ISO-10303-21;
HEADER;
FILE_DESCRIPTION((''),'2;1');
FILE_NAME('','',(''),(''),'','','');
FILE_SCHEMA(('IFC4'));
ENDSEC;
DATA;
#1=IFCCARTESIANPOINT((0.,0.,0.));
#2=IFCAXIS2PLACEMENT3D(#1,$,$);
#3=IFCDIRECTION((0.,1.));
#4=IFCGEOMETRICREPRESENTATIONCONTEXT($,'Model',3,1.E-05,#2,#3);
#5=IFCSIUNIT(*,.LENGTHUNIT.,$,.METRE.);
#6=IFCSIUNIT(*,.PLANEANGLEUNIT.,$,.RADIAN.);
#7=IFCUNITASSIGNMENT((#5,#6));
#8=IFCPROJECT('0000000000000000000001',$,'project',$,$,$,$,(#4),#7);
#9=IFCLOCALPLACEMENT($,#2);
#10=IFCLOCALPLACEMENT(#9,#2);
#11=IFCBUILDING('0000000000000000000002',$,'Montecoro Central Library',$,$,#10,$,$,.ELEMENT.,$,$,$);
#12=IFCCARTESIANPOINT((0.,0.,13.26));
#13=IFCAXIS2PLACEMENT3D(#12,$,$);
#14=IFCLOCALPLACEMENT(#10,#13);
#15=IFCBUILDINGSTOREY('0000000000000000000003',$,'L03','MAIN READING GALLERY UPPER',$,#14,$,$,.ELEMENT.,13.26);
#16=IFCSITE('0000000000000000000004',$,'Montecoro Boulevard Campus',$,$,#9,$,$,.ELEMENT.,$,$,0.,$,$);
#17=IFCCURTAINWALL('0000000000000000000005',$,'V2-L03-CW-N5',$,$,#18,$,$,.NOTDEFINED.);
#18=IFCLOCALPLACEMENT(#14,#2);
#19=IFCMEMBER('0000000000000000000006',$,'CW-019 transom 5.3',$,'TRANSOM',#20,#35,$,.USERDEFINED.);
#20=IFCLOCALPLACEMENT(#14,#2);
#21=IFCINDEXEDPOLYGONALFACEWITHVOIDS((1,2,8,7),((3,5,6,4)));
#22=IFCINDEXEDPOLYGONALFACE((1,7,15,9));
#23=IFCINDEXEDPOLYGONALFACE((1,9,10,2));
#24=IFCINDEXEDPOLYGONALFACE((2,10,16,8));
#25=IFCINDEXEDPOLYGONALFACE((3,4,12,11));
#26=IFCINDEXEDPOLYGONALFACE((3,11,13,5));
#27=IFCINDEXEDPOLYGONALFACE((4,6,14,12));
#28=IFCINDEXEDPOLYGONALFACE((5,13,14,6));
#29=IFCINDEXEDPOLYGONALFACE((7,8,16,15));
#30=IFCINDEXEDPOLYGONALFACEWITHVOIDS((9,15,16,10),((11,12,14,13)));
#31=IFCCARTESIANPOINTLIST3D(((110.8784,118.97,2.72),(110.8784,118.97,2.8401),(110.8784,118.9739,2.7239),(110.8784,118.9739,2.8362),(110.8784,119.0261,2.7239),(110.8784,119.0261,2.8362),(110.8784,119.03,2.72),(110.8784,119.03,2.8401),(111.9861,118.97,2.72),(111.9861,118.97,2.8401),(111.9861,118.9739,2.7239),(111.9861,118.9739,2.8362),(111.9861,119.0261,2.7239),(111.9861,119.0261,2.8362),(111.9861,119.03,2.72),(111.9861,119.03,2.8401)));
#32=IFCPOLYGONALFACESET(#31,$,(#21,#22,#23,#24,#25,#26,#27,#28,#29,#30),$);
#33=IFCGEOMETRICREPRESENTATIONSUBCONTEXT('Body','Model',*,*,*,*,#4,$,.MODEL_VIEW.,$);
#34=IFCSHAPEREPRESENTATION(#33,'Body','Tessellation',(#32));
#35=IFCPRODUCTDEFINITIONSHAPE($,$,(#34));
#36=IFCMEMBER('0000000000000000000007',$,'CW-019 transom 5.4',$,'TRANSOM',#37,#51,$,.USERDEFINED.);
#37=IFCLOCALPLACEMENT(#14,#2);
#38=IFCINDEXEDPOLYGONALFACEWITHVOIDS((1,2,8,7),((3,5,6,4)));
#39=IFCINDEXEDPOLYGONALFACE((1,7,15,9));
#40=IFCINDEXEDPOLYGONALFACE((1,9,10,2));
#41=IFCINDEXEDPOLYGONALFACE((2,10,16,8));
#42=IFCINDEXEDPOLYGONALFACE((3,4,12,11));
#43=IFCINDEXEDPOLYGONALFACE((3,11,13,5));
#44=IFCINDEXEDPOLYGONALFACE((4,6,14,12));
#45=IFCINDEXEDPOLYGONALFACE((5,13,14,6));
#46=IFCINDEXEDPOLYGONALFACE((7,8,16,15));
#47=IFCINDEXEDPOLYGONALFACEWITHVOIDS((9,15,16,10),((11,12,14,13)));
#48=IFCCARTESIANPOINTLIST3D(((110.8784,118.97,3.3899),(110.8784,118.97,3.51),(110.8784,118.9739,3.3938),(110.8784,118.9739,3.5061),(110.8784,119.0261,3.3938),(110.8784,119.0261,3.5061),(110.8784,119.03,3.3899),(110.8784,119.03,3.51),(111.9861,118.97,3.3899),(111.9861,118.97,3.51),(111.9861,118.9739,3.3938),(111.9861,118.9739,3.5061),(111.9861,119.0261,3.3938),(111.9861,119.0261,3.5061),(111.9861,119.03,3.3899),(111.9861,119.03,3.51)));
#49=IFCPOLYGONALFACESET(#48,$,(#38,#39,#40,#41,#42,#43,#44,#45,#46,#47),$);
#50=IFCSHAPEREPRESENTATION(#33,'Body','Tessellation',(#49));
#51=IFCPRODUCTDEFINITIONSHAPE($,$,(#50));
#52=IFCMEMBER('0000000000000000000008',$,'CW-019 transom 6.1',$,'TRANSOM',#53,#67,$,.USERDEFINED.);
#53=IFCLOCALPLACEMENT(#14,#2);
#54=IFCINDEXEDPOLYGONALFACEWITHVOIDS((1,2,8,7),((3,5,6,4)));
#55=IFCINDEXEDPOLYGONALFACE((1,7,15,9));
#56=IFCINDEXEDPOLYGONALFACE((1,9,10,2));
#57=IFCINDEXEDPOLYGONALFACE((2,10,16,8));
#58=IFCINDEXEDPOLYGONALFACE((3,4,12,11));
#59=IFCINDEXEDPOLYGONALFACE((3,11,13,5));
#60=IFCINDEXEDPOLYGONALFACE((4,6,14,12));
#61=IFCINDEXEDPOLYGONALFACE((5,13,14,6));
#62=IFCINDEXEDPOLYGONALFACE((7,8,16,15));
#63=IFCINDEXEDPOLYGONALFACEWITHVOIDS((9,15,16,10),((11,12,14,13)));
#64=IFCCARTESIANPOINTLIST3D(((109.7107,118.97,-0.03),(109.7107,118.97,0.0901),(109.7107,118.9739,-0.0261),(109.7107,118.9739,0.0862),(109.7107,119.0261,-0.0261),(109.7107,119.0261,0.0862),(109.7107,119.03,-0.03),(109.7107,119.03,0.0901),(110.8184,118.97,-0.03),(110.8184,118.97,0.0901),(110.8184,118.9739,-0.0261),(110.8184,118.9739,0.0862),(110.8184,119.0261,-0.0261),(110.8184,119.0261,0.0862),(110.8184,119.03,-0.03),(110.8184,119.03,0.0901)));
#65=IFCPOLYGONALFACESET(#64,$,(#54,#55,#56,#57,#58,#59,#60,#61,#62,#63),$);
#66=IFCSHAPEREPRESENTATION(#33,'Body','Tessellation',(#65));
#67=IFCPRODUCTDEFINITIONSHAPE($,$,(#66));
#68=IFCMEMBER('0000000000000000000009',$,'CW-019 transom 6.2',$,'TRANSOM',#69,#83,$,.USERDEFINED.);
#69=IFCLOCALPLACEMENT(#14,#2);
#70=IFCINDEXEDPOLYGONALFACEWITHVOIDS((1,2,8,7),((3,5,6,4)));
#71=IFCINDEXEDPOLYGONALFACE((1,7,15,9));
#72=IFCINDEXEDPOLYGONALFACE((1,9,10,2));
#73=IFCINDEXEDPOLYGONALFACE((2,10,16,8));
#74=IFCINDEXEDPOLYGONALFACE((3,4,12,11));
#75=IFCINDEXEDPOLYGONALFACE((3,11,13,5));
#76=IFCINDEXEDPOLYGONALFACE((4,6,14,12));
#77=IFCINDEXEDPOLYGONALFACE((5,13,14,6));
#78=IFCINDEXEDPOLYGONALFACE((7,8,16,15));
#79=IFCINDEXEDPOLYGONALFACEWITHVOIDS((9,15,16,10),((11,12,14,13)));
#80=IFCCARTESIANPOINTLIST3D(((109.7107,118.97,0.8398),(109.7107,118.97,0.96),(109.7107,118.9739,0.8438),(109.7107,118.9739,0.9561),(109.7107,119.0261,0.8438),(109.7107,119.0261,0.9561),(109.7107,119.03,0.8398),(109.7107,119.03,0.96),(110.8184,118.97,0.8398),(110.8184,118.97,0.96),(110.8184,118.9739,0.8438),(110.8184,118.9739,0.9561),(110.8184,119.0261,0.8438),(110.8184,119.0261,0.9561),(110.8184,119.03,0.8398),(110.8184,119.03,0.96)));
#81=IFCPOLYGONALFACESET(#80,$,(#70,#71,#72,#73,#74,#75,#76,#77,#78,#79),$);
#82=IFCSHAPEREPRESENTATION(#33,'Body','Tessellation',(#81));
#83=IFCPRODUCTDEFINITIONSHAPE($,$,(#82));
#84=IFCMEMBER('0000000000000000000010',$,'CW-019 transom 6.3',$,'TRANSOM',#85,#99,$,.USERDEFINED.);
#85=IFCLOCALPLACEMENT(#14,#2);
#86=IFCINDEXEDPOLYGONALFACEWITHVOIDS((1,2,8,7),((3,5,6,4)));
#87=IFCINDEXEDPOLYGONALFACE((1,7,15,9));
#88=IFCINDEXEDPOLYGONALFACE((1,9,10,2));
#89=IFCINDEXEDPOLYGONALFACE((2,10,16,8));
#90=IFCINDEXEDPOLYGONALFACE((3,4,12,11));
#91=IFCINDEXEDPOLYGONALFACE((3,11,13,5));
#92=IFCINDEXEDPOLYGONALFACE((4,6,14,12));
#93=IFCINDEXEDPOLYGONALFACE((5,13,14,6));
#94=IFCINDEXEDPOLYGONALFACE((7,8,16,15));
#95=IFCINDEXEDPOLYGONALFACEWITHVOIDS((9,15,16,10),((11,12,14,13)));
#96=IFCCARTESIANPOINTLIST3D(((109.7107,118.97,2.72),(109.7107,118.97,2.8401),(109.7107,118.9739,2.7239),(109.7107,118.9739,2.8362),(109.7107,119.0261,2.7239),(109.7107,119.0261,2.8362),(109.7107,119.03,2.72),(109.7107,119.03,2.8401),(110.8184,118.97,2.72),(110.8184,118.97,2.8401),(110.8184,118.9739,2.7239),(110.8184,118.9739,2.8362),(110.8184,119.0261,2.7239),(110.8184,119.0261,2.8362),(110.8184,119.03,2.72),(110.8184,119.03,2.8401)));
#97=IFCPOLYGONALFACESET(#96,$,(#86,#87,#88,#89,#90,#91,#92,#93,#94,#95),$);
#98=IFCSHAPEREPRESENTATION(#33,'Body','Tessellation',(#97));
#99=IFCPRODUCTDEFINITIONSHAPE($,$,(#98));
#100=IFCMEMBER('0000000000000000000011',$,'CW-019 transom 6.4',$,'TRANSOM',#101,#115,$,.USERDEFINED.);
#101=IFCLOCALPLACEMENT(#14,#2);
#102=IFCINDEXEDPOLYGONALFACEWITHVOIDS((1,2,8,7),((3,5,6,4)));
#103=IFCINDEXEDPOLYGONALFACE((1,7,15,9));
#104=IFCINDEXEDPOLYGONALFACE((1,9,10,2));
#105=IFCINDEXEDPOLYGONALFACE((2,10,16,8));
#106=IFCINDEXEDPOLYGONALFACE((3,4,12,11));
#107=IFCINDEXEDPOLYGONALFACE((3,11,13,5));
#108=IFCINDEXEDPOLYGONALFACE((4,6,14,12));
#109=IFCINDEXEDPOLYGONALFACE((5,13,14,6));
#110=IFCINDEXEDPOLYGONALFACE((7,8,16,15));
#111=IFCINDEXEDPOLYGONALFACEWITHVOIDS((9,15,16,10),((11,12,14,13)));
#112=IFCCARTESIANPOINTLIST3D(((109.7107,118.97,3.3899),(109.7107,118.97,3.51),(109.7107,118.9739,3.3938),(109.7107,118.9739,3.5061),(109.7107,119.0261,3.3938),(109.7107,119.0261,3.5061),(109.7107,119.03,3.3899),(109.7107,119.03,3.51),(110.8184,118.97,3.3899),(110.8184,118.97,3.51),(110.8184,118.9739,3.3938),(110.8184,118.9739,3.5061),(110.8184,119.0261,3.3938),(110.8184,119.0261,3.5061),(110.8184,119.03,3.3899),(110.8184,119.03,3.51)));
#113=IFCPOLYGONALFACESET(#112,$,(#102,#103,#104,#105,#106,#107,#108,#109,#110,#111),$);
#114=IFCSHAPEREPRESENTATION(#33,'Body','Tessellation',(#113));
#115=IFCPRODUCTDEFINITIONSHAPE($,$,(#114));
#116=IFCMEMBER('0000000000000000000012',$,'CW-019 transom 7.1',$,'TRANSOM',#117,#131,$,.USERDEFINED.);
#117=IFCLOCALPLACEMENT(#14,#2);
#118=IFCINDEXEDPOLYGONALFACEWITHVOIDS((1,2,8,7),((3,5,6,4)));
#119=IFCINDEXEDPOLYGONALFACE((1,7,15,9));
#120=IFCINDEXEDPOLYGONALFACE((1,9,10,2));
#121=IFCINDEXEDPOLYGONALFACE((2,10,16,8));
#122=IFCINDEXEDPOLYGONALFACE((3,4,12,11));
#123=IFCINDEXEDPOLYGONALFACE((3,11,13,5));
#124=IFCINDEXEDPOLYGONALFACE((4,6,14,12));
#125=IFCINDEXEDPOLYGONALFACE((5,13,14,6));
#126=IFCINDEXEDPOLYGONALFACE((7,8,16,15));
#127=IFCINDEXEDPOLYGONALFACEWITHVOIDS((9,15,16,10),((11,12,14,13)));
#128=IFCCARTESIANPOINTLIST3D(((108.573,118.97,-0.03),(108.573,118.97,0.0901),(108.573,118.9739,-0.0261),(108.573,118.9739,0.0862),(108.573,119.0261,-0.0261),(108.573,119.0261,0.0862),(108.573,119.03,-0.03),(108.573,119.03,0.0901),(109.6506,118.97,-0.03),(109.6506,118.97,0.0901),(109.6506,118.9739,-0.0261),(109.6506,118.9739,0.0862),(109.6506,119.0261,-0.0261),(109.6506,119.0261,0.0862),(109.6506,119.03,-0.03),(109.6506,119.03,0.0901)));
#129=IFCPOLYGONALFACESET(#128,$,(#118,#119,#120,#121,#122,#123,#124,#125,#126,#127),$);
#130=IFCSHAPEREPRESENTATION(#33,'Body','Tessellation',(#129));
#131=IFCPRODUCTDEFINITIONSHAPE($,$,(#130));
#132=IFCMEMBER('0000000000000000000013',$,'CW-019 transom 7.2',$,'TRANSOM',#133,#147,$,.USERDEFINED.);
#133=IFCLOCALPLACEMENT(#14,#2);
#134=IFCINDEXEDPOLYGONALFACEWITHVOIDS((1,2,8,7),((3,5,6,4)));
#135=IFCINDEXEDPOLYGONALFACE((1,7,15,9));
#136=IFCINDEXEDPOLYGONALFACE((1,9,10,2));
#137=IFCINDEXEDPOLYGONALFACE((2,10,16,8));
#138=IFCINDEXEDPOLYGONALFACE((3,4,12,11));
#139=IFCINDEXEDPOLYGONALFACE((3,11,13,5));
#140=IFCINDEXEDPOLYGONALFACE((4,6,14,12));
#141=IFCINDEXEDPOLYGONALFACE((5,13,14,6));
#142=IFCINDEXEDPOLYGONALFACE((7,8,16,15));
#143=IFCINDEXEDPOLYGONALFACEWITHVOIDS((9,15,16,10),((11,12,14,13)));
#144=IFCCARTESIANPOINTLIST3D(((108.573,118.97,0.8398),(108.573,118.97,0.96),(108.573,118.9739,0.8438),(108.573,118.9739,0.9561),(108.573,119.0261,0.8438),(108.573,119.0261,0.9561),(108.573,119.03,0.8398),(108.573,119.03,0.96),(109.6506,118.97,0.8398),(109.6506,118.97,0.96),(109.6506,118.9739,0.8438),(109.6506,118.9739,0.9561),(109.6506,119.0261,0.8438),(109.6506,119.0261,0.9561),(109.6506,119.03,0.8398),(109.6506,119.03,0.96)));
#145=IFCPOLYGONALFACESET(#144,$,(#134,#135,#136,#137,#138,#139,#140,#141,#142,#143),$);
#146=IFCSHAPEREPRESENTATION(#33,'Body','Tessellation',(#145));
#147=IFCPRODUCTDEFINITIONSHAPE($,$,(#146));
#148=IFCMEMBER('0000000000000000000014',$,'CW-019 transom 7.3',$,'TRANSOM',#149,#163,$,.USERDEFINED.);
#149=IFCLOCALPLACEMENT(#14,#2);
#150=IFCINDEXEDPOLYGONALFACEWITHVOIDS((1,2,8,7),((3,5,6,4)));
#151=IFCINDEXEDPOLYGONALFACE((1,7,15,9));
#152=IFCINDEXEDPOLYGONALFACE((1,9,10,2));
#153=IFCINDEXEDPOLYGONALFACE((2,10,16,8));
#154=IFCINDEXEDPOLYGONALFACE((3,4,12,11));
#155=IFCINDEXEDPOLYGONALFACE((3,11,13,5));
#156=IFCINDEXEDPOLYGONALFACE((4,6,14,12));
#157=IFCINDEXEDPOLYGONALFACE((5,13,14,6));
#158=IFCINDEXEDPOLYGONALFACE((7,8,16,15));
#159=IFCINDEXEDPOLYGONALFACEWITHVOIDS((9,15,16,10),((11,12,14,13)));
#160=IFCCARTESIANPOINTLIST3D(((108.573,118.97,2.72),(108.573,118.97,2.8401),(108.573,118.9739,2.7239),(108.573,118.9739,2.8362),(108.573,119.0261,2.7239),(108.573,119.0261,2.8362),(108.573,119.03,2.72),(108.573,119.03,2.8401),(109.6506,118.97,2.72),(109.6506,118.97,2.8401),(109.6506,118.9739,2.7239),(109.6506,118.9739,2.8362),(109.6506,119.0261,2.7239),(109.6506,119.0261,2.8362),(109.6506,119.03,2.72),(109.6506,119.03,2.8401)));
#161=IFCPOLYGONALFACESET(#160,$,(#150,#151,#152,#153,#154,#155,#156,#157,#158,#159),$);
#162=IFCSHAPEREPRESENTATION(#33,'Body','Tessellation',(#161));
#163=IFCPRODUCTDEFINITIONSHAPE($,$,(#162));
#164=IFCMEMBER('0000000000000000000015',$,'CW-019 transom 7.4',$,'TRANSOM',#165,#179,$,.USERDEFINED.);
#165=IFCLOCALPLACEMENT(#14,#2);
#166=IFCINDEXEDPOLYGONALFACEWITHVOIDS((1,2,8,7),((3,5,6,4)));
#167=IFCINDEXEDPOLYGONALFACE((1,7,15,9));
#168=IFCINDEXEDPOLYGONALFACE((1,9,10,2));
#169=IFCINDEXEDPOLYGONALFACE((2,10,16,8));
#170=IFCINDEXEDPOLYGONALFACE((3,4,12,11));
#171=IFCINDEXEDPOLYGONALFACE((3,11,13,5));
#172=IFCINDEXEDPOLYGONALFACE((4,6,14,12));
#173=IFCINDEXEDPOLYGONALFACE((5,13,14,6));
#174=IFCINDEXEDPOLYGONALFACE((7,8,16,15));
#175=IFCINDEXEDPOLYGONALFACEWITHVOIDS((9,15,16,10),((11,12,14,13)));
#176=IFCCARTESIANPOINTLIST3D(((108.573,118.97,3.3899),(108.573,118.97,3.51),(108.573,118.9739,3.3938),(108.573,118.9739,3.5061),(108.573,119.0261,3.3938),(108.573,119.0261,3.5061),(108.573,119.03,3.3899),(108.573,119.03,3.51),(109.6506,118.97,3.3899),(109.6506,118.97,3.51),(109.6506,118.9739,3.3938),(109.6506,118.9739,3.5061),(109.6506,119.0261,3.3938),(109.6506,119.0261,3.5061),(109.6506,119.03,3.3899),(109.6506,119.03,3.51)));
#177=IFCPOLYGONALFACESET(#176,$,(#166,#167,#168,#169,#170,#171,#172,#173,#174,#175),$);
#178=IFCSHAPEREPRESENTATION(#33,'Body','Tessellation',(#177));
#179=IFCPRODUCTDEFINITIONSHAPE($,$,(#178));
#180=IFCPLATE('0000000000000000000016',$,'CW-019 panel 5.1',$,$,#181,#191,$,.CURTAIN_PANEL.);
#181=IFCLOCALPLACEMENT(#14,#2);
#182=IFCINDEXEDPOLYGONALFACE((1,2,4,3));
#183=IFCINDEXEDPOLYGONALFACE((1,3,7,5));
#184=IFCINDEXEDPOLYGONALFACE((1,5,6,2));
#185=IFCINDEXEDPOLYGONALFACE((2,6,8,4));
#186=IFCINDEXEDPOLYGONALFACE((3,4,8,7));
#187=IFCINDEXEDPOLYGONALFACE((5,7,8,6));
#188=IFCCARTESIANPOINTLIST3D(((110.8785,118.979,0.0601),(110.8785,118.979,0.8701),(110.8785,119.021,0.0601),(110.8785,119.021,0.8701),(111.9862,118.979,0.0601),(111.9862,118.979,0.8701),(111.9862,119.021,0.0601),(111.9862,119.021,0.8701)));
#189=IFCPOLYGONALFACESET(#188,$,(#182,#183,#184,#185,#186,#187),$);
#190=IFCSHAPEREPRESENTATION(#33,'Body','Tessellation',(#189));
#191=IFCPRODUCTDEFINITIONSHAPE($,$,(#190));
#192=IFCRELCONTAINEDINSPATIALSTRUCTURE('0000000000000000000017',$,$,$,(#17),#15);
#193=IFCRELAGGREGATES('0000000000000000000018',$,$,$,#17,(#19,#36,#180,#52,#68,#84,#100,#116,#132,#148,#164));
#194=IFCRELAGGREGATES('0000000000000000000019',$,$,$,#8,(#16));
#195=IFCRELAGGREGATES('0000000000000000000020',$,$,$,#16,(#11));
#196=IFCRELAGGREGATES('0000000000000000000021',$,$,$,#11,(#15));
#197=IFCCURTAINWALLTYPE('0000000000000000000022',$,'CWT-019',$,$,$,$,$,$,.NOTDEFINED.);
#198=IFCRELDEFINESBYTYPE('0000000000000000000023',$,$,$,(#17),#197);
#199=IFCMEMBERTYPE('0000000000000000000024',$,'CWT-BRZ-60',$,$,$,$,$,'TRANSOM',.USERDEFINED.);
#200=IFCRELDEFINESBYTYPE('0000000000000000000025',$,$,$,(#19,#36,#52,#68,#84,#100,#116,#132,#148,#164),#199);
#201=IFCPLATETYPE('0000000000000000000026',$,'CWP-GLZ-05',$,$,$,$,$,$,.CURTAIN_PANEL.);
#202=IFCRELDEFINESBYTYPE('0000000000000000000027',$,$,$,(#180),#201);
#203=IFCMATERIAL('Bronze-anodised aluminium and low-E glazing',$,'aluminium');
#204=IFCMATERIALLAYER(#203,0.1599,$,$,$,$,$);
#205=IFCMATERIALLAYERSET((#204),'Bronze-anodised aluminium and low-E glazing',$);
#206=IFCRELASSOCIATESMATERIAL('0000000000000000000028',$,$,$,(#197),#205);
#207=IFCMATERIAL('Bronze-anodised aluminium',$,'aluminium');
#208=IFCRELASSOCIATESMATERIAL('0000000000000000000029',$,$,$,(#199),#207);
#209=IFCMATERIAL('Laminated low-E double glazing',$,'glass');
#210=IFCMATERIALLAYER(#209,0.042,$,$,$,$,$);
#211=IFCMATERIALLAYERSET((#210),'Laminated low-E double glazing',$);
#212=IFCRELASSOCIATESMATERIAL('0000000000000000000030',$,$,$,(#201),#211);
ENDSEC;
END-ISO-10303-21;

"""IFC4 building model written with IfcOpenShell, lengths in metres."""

from ifc_helpers import new_model, si_unit, direction, frame, origin, origin_2d, place, context, subcontext, project, spatial, rectangle, hollow_rectangle, extrude, material, layer, layer_set, material_profile, profile_set, type_object, element, aggregate, save


model = new_model("IFC4")

# Units and contexts
model_context = context("Model", 3, precision=1e-05, world=origin(), true_north=direction((0.0, 1.0)))
body_context = subcontext(model_context, "Body", "Model", "MODEL_VIEW")
ifc_project = project(units=[si_unit("LENGTHUNIT", "METRE"), si_unit("PLANEANGLEUNIT", "RADIAN")], contexts=[model_context])

# Site, building, storey
site_placement = place(None, origin())
site = spatial("IfcSite", under=ifc_project, at=site_placement, Name="Montecoro Boulevard Campus", CompositionType="ELEMENT", RefElevation=0.0)
building_placement = place(site_placement, origin())
building = spatial("IfcBuilding", under=site, at=building_placement, Name="Montecoro Central Library", CompositionType="ELEMENT")
storey_placement = place(building_placement, frame((0.0, 0.0, 13.26)))
storey = spatial("IfcBuildingStorey", under=building, at=storey_placement, Name="L03", Description="MAIN READING GALLERY UPPER", CompositionType="ELEMENT", Elevation=13.26)

# Curtain wall, members, plate
ifc_material_1 = material(Name="Bronze-anodised aluminium and low-E glazing", Category="aluminium")
ifc_layer_1 = layer(ifc_material_1, 0.1599)
ifc_layer_set_1 = layer_set([ifc_layer_1], Name="Bronze-anodised aluminium and low-E glazing")
curtain_wall_type = type_object("IfcCurtainWallType", Name="CWT-019", PredefinedType="NOTDEFINED", material=ifc_layer_set_1)
curtain_wall_placement = place(storey_placement, origin())
curtain_wall = element("IfcCurtainWall", 1, at=curtain_wall_placement, inside=storey, type_object=curtain_wall_type, Name="V2-L03-CW-N5", PredefinedType="NOTDEFINED")
ifc_material_2 = material(Name="Bronze-anodised aluminium", Category="aluminium")
ifc_material_profile_1 = material_profile(ifc_material_2, hollow_rectangle(XDim=0.0601, YDim=0.1201, WallThickness=0.0039, at=origin_2d()), Name="CWT 120x60x4.0")
ifc_profile_set_1 = profile_set([ifc_material_profile_1], Name="Bronze-anodised aluminium")
member_type_1 = type_object("IfcMemberType", Name="CWT-BRZ-60", ElementType="TRANSOM", PredefinedType="USERDEFINED", material=ifc_profile_set_1)
member_1_placement = place(storey_placement, frame((111.9861, 119.0, 2.78), z_axis=(-1.0, 0.0, 0.0), x_axis=(0.0, -1.0, 0.0)))
member_1 = element("IfcMember", 2, at=member_1_placement, type_object=member_type_1, Name="CW-019 transom 5.3", ObjectType="TRANSOM", PredefinedType="USERDEFINED", context=body_context, shape_type="SweptSolid", body=[
    extrude(hollow_rectangle(XDim=0.0601, YDim=0.1201, WallThickness=0.0039, at=origin_2d()), origin(), (0.0, 0.0, 1.0), 1.1077),
])
member_2_placement = place(storey_placement, frame((111.9861, 119.0, 3.45), z_axis=(-1.0, 0.0, 0.0), x_axis=(0.0, -1.0, 0.0)))
member_2 = element("IfcMember", 3, at=member_2_placement, type_object=member_type_1, Name="CW-019 transom 5.4", ObjectType="TRANSOM", PredefinedType="USERDEFINED", context=body_context, shape_type="SweptSolid", body=[
    extrude(hollow_rectangle(XDim=0.0601, YDim=0.1201, WallThickness=0.0039, at=origin_2d()), origin(), (0.0, 0.0, 1.0), 1.1077),
])
member_3_placement = place(storey_placement, frame((110.8184, 119.0, 0.03), z_axis=(-1.0, 0.0, 0.0), x_axis=(0.0, -1.0, 0.0)))
member_3 = element("IfcMember", 4, at=member_3_placement, type_object=member_type_1, Name="CW-019 transom 6.1", ObjectType="TRANSOM", PredefinedType="USERDEFINED", context=body_context, shape_type="SweptSolid", body=[
    extrude(hollow_rectangle(XDim=0.0601, YDim=0.1201, WallThickness=0.0039, at=origin_2d()), origin(), (0.0, 0.0, 1.0), 1.1077),
])
member_4_placement = place(storey_placement, frame((110.8184, 119.0, 0.8999), z_axis=(-1.0, 0.0, 0.0), x_axis=(0.0, -1.0, 0.0)))
member_4 = element("IfcMember", 5, at=member_4_placement, type_object=member_type_1, Name="CW-019 transom 6.2", ObjectType="TRANSOM", PredefinedType="USERDEFINED", context=body_context, shape_type="SweptSolid", body=[
    extrude(hollow_rectangle(XDim=0.0601, YDim=0.1201, WallThickness=0.0039, at=origin_2d()), origin(), (0.0, 0.0, 1.0), 1.1077),
])
member_5_placement = place(storey_placement, frame((110.8184, 119.0, 2.78), z_axis=(-1.0, 0.0, 0.0), x_axis=(0.0, -1.0, 0.0)))
member_5 = element("IfcMember", 6, at=member_5_placement, type_object=member_type_1, Name="CW-019 transom 6.3", ObjectType="TRANSOM", PredefinedType="USERDEFINED", context=body_context, shape_type="SweptSolid", body=[
    extrude(hollow_rectangle(XDim=0.0601, YDim=0.1201, WallThickness=0.0039, at=origin_2d()), origin(), (0.0, 0.0, 1.0), 1.1077),
])
member_6_placement = place(storey_placement, frame((110.8184, 119.0, 3.45), z_axis=(-1.0, 0.0, 0.0), x_axis=(0.0, -1.0, 0.0)))
member_6 = element("IfcMember", 7, at=member_6_placement, type_object=member_type_1, Name="CW-019 transom 6.4", ObjectType="TRANSOM", PredefinedType="USERDEFINED", context=body_context, shape_type="SweptSolid", body=[
    extrude(hollow_rectangle(XDim=0.0601, YDim=0.1201, WallThickness=0.0039, at=origin_2d()), origin(), (0.0, 0.0, 1.0), 1.1077),
])
member_7_placement = place(storey_placement, frame((109.6506, 119.0, 0.03), z_axis=(-1.0, 0.0, 0.0), x_axis=(0.0, -1.0, 0.0)))
member_7 = element("IfcMember", 8, at=member_7_placement, type_object=member_type_1, Name="CW-019 transom 7.1", ObjectType="TRANSOM", PredefinedType="USERDEFINED", context=body_context, shape_type="SweptSolid", body=[
    extrude(hollow_rectangle(XDim=0.0601, YDim=0.1201, WallThickness=0.0039, at=origin_2d()), origin(), (0.0, 0.0, 1.0), 1.0776),
])
member_8_placement = place(storey_placement, frame((109.6506, 119.0, 0.8999), z_axis=(-1.0, 0.0, 0.0), x_axis=(0.0, -1.0, 0.0)))
member_8 = element("IfcMember", 9, at=member_8_placement, type_object=member_type_1, Name="CW-019 transom 7.2", ObjectType="TRANSOM", PredefinedType="USERDEFINED", context=body_context, shape_type="SweptSolid", body=[
    extrude(hollow_rectangle(XDim=0.0601, YDim=0.1201, WallThickness=0.0039, at=origin_2d()), origin(), (0.0, 0.0, 1.0), 1.0776),
])
member_9_placement = place(storey_placement, frame((109.6506, 119.0, 2.78), z_axis=(-1.0, 0.0, 0.0), x_axis=(0.0, -1.0, 0.0)))
member_9 = element("IfcMember", 10, at=member_9_placement, type_object=member_type_1, Name="CW-019 transom 7.3", ObjectType="TRANSOM", PredefinedType="USERDEFINED", context=body_context, shape_type="SweptSolid", body=[
    extrude(hollow_rectangle(XDim=0.0601, YDim=0.1201, WallThickness=0.0039, at=origin_2d()), origin(), (0.0, 0.0, 1.0), 1.0776),
])
member_10_placement = place(storey_placement, frame((109.6506, 119.0, 3.45), z_axis=(-1.0, 0.0, 0.0), x_axis=(0.0, -1.0, 0.0)))
member_10 = element("IfcMember", 11, at=member_10_placement, type_object=member_type_1, Name="CW-019 transom 7.4", ObjectType="TRANSOM", PredefinedType="USERDEFINED", context=body_context, shape_type="SweptSolid", body=[
    extrude(hollow_rectangle(XDim=0.0601, YDim=0.1201, WallThickness=0.0039, at=origin_2d()), origin(), (0.0, 0.0, 1.0), 1.0776),
])
ifc_material_3 = material(Name="Laminated low-E double glazing", Category="glass")
ifc_layer_2 = layer(ifc_material_3, 0.042)
ifc_layer_set_2 = layer_set([ifc_layer_2], Name="Laminated low-E double glazing")
plate_type = type_object("IfcPlateType", Name="CWP-GLZ-05", PredefinedType="CURTAIN_PANEL", material=ifc_layer_set_2)
plate_1_placement = place(storey_placement, frame((111.4324, 119.0, 0.0601), z_axis=(0.0, 0.0, 1.0), x_axis=(-1.0, 0.0, 0.0)))
plate_1 = element("IfcPlate", 12, at=plate_1_placement, type_object=plate_type, Name="CW-019 panel 5.1", PredefinedType="CURTAIN_PANEL", context=body_context, shape_type="SweptSolid", body=[
    extrude(rectangle(XDim=1.1077, YDim=0.042, at=origin_2d()), origin(), (0.0, 0.0, 1.0), 0.8101),
])
aggregate(curtain_wall, [member_1, member_2, plate_1, member_3, member_4, member_5, member_6, member_7, member_8, member_9, member_10])

save(model, "model.ifc")
